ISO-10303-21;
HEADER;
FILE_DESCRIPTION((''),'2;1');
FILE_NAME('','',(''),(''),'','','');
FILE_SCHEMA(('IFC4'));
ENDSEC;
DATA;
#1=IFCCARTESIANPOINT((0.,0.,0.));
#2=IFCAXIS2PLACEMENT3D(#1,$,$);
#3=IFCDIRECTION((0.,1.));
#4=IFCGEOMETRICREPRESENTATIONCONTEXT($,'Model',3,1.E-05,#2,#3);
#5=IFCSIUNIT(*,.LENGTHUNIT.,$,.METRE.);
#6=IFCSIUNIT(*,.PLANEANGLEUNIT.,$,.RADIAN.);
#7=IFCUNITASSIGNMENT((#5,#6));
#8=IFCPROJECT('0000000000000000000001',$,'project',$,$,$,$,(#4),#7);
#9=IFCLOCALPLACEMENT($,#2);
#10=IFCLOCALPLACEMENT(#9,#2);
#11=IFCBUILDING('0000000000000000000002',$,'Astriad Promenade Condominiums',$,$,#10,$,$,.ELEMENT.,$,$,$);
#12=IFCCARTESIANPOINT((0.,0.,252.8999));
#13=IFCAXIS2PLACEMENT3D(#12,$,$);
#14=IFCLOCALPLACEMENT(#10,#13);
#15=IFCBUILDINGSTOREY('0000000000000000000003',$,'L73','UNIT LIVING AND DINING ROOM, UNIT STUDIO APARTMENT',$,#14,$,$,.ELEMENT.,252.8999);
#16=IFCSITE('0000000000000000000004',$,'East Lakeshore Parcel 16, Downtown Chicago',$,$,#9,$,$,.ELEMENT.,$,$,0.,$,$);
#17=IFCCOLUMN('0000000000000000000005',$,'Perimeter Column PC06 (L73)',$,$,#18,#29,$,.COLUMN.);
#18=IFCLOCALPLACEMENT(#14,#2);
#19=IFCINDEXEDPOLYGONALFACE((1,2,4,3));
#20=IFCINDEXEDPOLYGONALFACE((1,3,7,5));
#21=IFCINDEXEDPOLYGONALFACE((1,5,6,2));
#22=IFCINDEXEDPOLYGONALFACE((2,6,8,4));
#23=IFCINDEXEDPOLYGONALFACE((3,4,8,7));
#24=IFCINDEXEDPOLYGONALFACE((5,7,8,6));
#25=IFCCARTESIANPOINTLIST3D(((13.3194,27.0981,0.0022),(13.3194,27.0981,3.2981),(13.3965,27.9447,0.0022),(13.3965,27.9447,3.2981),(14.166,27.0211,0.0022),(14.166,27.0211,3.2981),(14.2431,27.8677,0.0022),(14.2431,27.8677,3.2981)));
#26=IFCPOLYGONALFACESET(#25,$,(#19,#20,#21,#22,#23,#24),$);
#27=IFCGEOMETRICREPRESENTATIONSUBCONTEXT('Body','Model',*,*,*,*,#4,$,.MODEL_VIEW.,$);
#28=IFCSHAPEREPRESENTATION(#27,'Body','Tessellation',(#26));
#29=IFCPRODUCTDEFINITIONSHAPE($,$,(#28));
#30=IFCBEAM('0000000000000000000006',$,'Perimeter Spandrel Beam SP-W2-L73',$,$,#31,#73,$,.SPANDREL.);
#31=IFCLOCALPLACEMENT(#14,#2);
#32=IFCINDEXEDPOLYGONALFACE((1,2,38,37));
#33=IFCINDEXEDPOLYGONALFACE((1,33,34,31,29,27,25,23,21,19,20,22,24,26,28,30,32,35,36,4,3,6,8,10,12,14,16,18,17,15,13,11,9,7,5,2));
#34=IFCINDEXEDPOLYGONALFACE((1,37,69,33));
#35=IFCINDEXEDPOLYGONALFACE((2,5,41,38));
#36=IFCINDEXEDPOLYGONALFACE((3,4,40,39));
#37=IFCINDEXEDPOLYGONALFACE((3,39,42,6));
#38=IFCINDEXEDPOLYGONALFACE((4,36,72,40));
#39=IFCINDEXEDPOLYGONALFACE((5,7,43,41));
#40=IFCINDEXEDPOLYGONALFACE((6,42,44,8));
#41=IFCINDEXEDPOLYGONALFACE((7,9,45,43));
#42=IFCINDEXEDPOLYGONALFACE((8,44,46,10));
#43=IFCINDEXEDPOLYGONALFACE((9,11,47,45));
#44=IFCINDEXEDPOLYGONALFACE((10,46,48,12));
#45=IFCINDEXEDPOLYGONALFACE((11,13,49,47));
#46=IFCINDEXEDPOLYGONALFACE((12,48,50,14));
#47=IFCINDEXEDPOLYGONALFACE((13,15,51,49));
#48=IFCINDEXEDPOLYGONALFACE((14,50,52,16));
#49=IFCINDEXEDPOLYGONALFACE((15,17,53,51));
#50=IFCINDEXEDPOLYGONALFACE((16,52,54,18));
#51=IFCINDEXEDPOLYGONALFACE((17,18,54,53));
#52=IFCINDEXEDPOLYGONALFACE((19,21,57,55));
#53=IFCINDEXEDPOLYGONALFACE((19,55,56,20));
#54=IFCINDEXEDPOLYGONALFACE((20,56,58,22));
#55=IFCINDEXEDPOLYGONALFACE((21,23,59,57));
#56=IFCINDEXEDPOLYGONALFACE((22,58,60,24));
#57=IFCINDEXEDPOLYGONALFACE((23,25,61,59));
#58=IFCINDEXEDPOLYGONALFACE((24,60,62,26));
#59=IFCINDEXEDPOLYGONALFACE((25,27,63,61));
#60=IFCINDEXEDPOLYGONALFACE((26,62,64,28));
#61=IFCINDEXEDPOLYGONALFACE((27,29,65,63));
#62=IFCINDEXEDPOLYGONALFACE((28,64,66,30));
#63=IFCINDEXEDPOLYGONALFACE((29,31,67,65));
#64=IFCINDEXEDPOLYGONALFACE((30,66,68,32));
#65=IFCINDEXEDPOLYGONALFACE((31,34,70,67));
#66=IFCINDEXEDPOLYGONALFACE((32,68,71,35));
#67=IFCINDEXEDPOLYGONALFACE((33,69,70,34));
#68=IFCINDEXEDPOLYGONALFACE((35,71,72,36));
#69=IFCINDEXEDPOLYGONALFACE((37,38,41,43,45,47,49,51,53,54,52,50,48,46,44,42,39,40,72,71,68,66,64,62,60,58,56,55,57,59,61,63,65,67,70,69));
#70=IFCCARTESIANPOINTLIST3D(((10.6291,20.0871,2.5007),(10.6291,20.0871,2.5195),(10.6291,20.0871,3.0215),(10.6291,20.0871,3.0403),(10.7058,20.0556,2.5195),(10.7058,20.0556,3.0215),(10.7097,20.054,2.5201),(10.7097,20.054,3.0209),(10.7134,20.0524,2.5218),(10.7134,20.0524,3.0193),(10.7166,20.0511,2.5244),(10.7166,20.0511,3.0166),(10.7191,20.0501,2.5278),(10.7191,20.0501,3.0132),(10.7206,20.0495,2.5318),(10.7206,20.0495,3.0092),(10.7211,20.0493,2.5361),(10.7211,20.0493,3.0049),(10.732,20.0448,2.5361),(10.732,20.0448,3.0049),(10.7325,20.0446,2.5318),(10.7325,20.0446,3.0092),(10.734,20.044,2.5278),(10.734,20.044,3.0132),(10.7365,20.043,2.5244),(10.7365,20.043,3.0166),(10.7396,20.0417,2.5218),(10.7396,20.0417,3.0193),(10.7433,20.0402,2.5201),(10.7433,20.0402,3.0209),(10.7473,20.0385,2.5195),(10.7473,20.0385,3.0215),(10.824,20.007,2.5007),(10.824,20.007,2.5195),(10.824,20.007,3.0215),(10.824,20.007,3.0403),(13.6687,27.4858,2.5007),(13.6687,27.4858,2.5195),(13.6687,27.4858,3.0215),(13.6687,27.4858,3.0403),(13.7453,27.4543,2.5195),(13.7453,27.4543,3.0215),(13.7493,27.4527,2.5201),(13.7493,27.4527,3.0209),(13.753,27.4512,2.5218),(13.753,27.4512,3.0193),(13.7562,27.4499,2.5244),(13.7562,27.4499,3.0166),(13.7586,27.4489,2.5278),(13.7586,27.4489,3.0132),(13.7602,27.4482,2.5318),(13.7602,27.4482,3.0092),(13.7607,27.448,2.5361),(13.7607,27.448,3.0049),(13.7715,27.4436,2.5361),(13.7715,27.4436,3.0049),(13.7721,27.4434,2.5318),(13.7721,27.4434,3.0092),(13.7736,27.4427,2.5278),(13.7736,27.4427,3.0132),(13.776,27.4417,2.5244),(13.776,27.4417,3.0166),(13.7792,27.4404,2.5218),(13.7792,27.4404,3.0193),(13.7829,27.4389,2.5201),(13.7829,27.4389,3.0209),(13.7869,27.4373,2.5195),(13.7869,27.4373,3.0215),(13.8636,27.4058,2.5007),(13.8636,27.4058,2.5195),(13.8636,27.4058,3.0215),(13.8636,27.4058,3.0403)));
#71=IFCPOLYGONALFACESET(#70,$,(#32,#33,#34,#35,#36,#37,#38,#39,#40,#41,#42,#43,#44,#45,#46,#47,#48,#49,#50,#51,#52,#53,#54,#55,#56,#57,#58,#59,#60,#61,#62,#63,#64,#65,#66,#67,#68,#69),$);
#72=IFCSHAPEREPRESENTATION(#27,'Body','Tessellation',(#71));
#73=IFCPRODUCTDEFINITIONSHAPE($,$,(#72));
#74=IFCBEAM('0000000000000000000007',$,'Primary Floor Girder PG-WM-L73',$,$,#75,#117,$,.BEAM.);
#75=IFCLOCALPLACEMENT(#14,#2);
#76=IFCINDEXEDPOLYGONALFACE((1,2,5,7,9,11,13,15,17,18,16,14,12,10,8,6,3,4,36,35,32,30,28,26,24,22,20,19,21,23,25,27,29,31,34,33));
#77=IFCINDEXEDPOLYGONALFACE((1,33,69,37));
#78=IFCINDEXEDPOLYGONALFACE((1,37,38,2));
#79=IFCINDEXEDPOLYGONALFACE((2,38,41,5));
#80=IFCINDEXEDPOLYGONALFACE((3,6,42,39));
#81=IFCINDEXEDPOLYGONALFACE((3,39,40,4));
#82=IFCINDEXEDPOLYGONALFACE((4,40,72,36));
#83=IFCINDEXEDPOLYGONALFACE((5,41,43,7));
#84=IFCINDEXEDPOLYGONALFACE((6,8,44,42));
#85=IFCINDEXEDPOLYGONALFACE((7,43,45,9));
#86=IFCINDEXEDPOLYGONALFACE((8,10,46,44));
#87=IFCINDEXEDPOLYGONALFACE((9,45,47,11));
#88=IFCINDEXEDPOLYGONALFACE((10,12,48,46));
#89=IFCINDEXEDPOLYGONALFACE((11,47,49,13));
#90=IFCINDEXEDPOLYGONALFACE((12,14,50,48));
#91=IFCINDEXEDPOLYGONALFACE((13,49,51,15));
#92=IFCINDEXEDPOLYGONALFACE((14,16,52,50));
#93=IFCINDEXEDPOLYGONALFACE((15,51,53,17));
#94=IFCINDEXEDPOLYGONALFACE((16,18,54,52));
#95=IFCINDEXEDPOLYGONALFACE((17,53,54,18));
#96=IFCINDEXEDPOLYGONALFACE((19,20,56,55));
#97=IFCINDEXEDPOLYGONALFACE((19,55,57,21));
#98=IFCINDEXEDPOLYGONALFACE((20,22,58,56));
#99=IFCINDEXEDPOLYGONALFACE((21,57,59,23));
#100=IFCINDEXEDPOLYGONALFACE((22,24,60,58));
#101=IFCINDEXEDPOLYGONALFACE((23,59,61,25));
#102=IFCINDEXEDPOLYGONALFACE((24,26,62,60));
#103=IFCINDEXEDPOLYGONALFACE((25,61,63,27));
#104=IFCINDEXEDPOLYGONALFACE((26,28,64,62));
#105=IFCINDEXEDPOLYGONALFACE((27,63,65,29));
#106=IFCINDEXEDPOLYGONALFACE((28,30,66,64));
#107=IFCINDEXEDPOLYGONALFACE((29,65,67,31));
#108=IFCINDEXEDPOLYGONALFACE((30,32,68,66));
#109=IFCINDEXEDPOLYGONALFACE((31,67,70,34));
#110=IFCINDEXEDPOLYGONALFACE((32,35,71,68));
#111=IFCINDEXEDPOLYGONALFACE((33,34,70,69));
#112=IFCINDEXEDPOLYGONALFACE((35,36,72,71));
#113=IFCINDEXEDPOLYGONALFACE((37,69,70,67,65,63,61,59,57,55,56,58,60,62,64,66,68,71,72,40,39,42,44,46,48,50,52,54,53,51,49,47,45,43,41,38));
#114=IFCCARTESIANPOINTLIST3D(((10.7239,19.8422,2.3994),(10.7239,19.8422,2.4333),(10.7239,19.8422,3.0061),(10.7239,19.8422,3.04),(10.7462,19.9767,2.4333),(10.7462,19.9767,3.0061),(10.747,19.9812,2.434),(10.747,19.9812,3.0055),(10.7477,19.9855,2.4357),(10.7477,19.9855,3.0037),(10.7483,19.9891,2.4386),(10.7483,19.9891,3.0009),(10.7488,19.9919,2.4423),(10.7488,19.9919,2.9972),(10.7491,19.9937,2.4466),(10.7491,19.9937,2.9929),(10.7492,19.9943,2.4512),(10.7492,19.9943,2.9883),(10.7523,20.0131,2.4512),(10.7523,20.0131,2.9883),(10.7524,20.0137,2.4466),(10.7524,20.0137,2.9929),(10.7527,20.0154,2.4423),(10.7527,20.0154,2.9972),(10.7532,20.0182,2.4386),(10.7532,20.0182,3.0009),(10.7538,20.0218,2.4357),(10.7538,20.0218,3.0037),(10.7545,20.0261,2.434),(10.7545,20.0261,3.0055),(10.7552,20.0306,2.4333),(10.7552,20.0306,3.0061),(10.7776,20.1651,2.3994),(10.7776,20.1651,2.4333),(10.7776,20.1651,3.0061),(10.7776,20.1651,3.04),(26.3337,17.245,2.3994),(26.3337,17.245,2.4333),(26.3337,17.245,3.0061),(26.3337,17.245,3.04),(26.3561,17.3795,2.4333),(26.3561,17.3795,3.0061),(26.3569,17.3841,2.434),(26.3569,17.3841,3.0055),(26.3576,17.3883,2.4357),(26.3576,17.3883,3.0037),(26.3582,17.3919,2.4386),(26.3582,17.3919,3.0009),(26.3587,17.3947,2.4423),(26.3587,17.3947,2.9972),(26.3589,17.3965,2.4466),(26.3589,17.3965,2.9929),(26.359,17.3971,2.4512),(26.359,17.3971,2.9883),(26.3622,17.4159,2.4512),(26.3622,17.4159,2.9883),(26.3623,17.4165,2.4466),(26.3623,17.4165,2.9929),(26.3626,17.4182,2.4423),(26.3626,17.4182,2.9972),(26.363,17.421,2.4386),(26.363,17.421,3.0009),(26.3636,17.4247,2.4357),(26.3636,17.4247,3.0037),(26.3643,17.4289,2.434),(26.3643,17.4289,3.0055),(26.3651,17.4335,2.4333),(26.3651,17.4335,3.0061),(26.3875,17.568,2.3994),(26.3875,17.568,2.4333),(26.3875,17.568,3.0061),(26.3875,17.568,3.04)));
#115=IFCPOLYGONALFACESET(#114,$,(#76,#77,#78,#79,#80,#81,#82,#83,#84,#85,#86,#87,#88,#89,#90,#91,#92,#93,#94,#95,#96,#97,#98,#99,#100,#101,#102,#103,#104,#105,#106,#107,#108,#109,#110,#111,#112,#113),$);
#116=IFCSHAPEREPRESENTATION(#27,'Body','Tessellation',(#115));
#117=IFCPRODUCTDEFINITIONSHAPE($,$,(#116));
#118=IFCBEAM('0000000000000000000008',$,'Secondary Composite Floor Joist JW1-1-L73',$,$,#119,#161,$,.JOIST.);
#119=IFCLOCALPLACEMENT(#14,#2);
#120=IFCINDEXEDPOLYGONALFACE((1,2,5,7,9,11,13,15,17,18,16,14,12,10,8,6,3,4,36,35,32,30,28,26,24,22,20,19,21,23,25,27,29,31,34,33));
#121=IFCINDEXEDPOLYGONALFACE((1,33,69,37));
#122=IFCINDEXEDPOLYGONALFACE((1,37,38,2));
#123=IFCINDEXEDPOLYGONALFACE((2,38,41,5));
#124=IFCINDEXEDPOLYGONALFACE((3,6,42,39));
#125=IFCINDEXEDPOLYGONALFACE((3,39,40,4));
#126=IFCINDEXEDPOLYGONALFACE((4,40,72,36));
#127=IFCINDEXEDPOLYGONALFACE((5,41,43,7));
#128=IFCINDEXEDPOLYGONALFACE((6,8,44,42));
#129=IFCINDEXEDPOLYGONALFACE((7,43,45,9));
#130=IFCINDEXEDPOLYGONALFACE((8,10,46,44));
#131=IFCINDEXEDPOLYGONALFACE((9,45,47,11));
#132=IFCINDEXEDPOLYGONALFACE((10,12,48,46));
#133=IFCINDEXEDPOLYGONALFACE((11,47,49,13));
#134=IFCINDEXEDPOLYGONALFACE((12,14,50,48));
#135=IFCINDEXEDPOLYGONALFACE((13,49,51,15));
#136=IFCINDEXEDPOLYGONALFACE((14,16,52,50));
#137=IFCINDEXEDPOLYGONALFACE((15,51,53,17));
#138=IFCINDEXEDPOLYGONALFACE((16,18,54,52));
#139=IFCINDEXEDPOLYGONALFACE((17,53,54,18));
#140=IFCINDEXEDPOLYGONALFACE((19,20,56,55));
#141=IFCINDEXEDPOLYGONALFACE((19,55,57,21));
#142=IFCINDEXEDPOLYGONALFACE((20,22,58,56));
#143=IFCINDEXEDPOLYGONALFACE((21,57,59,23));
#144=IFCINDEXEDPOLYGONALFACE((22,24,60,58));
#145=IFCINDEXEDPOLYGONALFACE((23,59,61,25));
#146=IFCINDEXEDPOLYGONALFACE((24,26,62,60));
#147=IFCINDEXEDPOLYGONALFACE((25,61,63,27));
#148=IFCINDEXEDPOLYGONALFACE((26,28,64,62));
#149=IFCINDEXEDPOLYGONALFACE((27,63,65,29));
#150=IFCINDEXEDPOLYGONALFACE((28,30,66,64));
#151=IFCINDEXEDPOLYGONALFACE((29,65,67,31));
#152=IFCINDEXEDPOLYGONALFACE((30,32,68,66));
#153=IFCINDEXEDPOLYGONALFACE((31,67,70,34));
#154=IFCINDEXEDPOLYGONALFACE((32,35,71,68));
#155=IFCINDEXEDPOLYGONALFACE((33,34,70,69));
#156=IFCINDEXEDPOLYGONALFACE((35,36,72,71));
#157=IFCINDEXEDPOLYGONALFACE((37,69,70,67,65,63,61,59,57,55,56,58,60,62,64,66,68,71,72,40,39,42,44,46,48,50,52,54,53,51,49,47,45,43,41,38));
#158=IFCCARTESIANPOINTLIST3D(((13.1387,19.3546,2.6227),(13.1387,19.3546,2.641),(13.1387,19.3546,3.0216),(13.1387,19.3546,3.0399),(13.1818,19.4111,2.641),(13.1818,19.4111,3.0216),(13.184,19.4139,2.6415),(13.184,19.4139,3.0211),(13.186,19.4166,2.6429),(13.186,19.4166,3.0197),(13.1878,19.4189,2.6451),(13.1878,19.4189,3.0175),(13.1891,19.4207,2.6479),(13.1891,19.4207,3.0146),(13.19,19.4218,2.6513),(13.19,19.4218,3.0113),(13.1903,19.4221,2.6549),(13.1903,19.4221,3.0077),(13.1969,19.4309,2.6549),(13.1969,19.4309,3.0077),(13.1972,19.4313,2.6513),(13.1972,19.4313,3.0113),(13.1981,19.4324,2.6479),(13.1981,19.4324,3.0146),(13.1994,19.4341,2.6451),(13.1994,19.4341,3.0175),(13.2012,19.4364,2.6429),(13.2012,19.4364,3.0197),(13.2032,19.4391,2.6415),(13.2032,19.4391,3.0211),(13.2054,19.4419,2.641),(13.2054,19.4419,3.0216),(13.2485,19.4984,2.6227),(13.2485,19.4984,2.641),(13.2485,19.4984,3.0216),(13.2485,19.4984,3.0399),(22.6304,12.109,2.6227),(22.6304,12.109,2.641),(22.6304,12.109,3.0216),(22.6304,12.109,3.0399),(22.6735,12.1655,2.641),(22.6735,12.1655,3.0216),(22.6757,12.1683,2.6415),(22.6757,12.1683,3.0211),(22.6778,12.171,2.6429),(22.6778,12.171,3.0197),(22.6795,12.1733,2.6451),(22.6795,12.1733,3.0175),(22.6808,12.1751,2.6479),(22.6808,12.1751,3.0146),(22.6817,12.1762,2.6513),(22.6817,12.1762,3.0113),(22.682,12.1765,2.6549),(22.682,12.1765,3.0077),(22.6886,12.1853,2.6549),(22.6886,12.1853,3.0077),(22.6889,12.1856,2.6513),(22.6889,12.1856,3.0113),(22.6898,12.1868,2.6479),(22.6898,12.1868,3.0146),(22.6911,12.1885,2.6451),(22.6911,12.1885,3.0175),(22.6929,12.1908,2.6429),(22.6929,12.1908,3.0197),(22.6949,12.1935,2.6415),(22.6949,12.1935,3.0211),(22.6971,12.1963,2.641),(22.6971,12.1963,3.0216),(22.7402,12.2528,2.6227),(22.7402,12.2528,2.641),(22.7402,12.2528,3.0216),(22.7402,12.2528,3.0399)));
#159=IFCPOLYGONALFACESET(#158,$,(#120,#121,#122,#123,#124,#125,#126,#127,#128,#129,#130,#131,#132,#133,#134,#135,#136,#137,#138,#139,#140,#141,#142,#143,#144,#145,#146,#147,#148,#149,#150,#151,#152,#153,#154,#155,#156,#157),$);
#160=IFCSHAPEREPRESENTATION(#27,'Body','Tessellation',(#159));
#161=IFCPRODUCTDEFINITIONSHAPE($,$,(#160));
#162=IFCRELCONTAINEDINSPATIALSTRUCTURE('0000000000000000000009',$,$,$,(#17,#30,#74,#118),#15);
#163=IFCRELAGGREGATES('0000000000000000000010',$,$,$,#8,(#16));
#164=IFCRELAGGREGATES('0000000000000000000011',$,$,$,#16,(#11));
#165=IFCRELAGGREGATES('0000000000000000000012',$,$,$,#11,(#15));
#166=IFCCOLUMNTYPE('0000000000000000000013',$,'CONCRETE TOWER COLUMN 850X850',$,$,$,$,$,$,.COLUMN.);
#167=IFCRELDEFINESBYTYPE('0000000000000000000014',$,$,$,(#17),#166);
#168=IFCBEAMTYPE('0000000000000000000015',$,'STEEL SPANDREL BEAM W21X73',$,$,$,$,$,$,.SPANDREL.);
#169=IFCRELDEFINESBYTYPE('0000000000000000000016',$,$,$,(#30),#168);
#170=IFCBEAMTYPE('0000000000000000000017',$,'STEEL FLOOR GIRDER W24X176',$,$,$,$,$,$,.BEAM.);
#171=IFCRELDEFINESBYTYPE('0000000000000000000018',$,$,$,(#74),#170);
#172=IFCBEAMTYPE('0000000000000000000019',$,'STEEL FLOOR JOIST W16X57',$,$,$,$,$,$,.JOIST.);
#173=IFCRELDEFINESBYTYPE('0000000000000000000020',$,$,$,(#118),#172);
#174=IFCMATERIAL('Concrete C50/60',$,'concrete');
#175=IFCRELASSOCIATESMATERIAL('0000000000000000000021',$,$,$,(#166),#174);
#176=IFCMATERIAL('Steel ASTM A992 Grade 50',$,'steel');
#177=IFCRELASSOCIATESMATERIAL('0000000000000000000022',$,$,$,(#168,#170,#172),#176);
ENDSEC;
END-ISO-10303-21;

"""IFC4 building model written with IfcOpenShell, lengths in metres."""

from ifc_helpers import new_model, si_unit, direction, frame, origin, origin_2d, place, context, subcontext, project, spatial, rectangle, i_section, extrude, source, transform, mapped, material, material_profile, profile_set, type_object, type_shapes, element, save


model = new_model("IFC4")

# Units and contexts
model_context = context("Model", 3, precision=1e-05, world=origin(), true_north=direction((0.0, 1.0)))
body_context = subcontext(model_context, "Body", "Model", "MODEL_VIEW")
ifc_project = project(units=[si_unit("LENGTHUNIT", "METRE"), si_unit("PLANEANGLEUNIT", "RADIAN")], contexts=[model_context])

# Site, building, storey
site_placement = place(None, origin())
site = spatial("IfcSite", under=ifc_project, at=site_placement, Name="East Lakeshore Parcel 16, Downtown Chicago", CompositionType="ELEMENT", RefElevation=0.0)
building_placement = place(site_placement, origin())
building = spatial("IfcBuilding", under=site, at=building_placement, Name="Astriad Promenade Condominiums", CompositionType="ELEMENT")
storey_placement = place(building_placement, frame((0.0, 0.0, 252.8999)))
storey = spatial("IfcBuildingStorey", under=building, at=storey_placement, Name="L73", Description="UNIT LIVING AND DINING ROOM, UNIT STUDIO APARTMENT", CompositionType="ELEMENT", Elevation=252.8999)

# Column
ifc_material_1 = material(Name="Concrete C50/60", Category="concrete")
ifc_material_profile_1 = material_profile(ifc_material_1, rectangle(XDim=0.8501, YDim=0.8501, at=origin_2d()), Name="RC-COL-850X850")
ifc_profile_set_1 = profile_set([ifc_material_profile_1], Name="Concrete C50/60")
column_type = type_object("IfcColumnType", Name="CONCRETE TOWER COLUMN 850X850", PredefinedType="COLUMN", material=ifc_profile_set_1)
shared_shape_1 = source(origin(), body_context, "Body", "SweptSolid", [
    extrude(rectangle(XDim=0.8501, YDim=0.8501, at=origin_2d()), origin(), (0.0, 0.0, 1.0), 3.2959),
])
type_shapes(column_type, [shared_shape_1])
column_placement = place(storey_placement, frame((13.7812, 27.4829, 0.0022), z_axis=(0.0, 0.0, 1.0), x_axis=(0.995884, -0.090633, 0.0)))
element("IfcColumn", 1, at=column_placement, inside=storey, type_object=column_type, Name="Perimeter Column PC06 (L73)", PredefinedType="COLUMN", context=body_context, shape_type="MappedRepresentation", body=[
    mapped(shared_shape_1, transform((0.0, 0.0, 0.0), scale=1.0)),
])

# Beams
ifc_material_2 = material(Name="Steel ASTM A992 Grade 50", Category="steel")
ifc_material_profile_2 = material_profile(ifc_material_2, i_section(OverallWidth=0.2107, OverallDepth=0.5396, WebThickness=0.0117, FlangeThickness=0.0188, FilletRadius=0.0166, at=origin_2d()), Name="W21X73")
ifc_profile_set_2 = profile_set([ifc_material_profile_2], Name="Steel ASTM A992 Grade 50")
beam_type_1 = type_object("IfcBeamType", Name="STEEL SPANDREL BEAM W21X73", PredefinedType="SPANDREL", material=ifc_profile_set_2)
shared_shape_2 = source(origin(), body_context, "Body", "SweptSolid", [
    extrude(i_section(OverallWidth=0.2107, OverallDepth=0.5396, WebThickness=0.0117, FlangeThickness=0.0188, FilletRadius=0.0166, at=origin_2d()), origin(), (0.0, 0.0, 1.0), 7.9988),
])
type_shapes(beam_type_1, [shared_shape_2])
beam_1_placement = place(storey_placement, frame((13.7661, 27.4458, 2.7705), z_axis=(-0.380005, -0.924984, 0.0), x_axis=(0.924984, -0.380005, 0.0)))
element("IfcBeam", 2, at=beam_1_placement, inside=storey, type_object=beam_type_1, Name="Perimeter Spandrel Beam SP-W2-L73", PredefinedType="SPANDREL", context=body_context, shape_type="MappedRepresentation", body=[
    mapped(shared_shape_2, transform((0.0, 0.0, 0.0), scale=1.0)),
])
ifc_material_profile_3 = material_profile(ifc_material_2, i_section(OverallWidth=0.3274, OverallDepth=0.6406, WebThickness=0.019, FlangeThickness=0.0339, FilletRadius=0.0178, at=origin_2d()), Name="W24X176")
ifc_profile_set_3 = profile_set([ifc_material_profile_3], Name="Steel ASTM A992 Grade 50")
beam_type_2 = type_object("IfcBeamType", Name="STEEL FLOOR GIRDER W24X176", PredefinedType="BEAM", material=ifc_profile_set_3)
shared_shape_3 = source(origin(), body_context, "Body", "SweptSolid", [
    extrude(i_section(OverallWidth=0.3274, OverallDepth=0.6406, WebThickness=0.019, FlangeThickness=0.0339, FilletRadius=0.0178, at=origin_2d()), origin(), (0.0, 0.0, 1.0), 15.8245),
])
type_shapes(beam_type_2, [shared_shape_3])
beam_2_placement = place(storey_placement, frame((10.7507, 20.0037, 2.7197), z_axis=(0.98644, -0.164124, 0.0), x_axis=(0.164124, 0.98644, 0.0)))
element("IfcBeam", 3, at=beam_2_placement, inside=storey, type_object=beam_type_2, Name="Primary Floor Girder PG-WM-L73", PredefinedType="BEAM", context=body_context, shape_type="MappedRepresentation", body=[
    mapped(shared_shape_3, transform((0.0, 0.0, 0.0), scale=1.0)),
])
ifc_material_profile_4 = material_profile(ifc_material_2, i_section(OverallWidth=0.1809, OverallDepth=0.4172, WebThickness=0.011, FlangeThickness=0.0183, FilletRadius=0.0139, at=origin_2d()), Name="W16X57")
ifc_profile_set_4 = profile_set([ifc_material_profile_4], Name="Steel ASTM A992 Grade 50")
beam_type_3 = type_object("IfcBeamType", Name="STEEL FLOOR JOIST W16X57", PredefinedType="JOIST", material=ifc_profile_set_4)
shared_shape_4 = source(origin(), body_context, "Body", "SweptSolid", [
    extrude(i_section(OverallWidth=0.1809, OverallDepth=0.4172, WebThickness=0.011, FlangeThickness=0.0183, FilletRadius=0.0139, at=origin_2d()), origin(), (0.0, 0.0, 1.0), 11.9412),
])
beam_3_placement = place(storey_placement, frame((13.1936, 19.4265, 2.8313), z_axis=(0.794873, -0.606776, 0.0), x_axis=(0.606776, 0.794873, 0.0)))
element("IfcBeam", 4, at=beam_3_placement, inside=storey, type_object=beam_type_3, Name="Secondary Composite Floor Joist JW1-1-L73", PredefinedType="JOIST", context=body_context, shape_type="MappedRepresentation", body=[
    mapped(shared_shape_4, transform((0.0, 0.0, 0.0), scale=1.0)),
])

save(model, "model.ifc")
